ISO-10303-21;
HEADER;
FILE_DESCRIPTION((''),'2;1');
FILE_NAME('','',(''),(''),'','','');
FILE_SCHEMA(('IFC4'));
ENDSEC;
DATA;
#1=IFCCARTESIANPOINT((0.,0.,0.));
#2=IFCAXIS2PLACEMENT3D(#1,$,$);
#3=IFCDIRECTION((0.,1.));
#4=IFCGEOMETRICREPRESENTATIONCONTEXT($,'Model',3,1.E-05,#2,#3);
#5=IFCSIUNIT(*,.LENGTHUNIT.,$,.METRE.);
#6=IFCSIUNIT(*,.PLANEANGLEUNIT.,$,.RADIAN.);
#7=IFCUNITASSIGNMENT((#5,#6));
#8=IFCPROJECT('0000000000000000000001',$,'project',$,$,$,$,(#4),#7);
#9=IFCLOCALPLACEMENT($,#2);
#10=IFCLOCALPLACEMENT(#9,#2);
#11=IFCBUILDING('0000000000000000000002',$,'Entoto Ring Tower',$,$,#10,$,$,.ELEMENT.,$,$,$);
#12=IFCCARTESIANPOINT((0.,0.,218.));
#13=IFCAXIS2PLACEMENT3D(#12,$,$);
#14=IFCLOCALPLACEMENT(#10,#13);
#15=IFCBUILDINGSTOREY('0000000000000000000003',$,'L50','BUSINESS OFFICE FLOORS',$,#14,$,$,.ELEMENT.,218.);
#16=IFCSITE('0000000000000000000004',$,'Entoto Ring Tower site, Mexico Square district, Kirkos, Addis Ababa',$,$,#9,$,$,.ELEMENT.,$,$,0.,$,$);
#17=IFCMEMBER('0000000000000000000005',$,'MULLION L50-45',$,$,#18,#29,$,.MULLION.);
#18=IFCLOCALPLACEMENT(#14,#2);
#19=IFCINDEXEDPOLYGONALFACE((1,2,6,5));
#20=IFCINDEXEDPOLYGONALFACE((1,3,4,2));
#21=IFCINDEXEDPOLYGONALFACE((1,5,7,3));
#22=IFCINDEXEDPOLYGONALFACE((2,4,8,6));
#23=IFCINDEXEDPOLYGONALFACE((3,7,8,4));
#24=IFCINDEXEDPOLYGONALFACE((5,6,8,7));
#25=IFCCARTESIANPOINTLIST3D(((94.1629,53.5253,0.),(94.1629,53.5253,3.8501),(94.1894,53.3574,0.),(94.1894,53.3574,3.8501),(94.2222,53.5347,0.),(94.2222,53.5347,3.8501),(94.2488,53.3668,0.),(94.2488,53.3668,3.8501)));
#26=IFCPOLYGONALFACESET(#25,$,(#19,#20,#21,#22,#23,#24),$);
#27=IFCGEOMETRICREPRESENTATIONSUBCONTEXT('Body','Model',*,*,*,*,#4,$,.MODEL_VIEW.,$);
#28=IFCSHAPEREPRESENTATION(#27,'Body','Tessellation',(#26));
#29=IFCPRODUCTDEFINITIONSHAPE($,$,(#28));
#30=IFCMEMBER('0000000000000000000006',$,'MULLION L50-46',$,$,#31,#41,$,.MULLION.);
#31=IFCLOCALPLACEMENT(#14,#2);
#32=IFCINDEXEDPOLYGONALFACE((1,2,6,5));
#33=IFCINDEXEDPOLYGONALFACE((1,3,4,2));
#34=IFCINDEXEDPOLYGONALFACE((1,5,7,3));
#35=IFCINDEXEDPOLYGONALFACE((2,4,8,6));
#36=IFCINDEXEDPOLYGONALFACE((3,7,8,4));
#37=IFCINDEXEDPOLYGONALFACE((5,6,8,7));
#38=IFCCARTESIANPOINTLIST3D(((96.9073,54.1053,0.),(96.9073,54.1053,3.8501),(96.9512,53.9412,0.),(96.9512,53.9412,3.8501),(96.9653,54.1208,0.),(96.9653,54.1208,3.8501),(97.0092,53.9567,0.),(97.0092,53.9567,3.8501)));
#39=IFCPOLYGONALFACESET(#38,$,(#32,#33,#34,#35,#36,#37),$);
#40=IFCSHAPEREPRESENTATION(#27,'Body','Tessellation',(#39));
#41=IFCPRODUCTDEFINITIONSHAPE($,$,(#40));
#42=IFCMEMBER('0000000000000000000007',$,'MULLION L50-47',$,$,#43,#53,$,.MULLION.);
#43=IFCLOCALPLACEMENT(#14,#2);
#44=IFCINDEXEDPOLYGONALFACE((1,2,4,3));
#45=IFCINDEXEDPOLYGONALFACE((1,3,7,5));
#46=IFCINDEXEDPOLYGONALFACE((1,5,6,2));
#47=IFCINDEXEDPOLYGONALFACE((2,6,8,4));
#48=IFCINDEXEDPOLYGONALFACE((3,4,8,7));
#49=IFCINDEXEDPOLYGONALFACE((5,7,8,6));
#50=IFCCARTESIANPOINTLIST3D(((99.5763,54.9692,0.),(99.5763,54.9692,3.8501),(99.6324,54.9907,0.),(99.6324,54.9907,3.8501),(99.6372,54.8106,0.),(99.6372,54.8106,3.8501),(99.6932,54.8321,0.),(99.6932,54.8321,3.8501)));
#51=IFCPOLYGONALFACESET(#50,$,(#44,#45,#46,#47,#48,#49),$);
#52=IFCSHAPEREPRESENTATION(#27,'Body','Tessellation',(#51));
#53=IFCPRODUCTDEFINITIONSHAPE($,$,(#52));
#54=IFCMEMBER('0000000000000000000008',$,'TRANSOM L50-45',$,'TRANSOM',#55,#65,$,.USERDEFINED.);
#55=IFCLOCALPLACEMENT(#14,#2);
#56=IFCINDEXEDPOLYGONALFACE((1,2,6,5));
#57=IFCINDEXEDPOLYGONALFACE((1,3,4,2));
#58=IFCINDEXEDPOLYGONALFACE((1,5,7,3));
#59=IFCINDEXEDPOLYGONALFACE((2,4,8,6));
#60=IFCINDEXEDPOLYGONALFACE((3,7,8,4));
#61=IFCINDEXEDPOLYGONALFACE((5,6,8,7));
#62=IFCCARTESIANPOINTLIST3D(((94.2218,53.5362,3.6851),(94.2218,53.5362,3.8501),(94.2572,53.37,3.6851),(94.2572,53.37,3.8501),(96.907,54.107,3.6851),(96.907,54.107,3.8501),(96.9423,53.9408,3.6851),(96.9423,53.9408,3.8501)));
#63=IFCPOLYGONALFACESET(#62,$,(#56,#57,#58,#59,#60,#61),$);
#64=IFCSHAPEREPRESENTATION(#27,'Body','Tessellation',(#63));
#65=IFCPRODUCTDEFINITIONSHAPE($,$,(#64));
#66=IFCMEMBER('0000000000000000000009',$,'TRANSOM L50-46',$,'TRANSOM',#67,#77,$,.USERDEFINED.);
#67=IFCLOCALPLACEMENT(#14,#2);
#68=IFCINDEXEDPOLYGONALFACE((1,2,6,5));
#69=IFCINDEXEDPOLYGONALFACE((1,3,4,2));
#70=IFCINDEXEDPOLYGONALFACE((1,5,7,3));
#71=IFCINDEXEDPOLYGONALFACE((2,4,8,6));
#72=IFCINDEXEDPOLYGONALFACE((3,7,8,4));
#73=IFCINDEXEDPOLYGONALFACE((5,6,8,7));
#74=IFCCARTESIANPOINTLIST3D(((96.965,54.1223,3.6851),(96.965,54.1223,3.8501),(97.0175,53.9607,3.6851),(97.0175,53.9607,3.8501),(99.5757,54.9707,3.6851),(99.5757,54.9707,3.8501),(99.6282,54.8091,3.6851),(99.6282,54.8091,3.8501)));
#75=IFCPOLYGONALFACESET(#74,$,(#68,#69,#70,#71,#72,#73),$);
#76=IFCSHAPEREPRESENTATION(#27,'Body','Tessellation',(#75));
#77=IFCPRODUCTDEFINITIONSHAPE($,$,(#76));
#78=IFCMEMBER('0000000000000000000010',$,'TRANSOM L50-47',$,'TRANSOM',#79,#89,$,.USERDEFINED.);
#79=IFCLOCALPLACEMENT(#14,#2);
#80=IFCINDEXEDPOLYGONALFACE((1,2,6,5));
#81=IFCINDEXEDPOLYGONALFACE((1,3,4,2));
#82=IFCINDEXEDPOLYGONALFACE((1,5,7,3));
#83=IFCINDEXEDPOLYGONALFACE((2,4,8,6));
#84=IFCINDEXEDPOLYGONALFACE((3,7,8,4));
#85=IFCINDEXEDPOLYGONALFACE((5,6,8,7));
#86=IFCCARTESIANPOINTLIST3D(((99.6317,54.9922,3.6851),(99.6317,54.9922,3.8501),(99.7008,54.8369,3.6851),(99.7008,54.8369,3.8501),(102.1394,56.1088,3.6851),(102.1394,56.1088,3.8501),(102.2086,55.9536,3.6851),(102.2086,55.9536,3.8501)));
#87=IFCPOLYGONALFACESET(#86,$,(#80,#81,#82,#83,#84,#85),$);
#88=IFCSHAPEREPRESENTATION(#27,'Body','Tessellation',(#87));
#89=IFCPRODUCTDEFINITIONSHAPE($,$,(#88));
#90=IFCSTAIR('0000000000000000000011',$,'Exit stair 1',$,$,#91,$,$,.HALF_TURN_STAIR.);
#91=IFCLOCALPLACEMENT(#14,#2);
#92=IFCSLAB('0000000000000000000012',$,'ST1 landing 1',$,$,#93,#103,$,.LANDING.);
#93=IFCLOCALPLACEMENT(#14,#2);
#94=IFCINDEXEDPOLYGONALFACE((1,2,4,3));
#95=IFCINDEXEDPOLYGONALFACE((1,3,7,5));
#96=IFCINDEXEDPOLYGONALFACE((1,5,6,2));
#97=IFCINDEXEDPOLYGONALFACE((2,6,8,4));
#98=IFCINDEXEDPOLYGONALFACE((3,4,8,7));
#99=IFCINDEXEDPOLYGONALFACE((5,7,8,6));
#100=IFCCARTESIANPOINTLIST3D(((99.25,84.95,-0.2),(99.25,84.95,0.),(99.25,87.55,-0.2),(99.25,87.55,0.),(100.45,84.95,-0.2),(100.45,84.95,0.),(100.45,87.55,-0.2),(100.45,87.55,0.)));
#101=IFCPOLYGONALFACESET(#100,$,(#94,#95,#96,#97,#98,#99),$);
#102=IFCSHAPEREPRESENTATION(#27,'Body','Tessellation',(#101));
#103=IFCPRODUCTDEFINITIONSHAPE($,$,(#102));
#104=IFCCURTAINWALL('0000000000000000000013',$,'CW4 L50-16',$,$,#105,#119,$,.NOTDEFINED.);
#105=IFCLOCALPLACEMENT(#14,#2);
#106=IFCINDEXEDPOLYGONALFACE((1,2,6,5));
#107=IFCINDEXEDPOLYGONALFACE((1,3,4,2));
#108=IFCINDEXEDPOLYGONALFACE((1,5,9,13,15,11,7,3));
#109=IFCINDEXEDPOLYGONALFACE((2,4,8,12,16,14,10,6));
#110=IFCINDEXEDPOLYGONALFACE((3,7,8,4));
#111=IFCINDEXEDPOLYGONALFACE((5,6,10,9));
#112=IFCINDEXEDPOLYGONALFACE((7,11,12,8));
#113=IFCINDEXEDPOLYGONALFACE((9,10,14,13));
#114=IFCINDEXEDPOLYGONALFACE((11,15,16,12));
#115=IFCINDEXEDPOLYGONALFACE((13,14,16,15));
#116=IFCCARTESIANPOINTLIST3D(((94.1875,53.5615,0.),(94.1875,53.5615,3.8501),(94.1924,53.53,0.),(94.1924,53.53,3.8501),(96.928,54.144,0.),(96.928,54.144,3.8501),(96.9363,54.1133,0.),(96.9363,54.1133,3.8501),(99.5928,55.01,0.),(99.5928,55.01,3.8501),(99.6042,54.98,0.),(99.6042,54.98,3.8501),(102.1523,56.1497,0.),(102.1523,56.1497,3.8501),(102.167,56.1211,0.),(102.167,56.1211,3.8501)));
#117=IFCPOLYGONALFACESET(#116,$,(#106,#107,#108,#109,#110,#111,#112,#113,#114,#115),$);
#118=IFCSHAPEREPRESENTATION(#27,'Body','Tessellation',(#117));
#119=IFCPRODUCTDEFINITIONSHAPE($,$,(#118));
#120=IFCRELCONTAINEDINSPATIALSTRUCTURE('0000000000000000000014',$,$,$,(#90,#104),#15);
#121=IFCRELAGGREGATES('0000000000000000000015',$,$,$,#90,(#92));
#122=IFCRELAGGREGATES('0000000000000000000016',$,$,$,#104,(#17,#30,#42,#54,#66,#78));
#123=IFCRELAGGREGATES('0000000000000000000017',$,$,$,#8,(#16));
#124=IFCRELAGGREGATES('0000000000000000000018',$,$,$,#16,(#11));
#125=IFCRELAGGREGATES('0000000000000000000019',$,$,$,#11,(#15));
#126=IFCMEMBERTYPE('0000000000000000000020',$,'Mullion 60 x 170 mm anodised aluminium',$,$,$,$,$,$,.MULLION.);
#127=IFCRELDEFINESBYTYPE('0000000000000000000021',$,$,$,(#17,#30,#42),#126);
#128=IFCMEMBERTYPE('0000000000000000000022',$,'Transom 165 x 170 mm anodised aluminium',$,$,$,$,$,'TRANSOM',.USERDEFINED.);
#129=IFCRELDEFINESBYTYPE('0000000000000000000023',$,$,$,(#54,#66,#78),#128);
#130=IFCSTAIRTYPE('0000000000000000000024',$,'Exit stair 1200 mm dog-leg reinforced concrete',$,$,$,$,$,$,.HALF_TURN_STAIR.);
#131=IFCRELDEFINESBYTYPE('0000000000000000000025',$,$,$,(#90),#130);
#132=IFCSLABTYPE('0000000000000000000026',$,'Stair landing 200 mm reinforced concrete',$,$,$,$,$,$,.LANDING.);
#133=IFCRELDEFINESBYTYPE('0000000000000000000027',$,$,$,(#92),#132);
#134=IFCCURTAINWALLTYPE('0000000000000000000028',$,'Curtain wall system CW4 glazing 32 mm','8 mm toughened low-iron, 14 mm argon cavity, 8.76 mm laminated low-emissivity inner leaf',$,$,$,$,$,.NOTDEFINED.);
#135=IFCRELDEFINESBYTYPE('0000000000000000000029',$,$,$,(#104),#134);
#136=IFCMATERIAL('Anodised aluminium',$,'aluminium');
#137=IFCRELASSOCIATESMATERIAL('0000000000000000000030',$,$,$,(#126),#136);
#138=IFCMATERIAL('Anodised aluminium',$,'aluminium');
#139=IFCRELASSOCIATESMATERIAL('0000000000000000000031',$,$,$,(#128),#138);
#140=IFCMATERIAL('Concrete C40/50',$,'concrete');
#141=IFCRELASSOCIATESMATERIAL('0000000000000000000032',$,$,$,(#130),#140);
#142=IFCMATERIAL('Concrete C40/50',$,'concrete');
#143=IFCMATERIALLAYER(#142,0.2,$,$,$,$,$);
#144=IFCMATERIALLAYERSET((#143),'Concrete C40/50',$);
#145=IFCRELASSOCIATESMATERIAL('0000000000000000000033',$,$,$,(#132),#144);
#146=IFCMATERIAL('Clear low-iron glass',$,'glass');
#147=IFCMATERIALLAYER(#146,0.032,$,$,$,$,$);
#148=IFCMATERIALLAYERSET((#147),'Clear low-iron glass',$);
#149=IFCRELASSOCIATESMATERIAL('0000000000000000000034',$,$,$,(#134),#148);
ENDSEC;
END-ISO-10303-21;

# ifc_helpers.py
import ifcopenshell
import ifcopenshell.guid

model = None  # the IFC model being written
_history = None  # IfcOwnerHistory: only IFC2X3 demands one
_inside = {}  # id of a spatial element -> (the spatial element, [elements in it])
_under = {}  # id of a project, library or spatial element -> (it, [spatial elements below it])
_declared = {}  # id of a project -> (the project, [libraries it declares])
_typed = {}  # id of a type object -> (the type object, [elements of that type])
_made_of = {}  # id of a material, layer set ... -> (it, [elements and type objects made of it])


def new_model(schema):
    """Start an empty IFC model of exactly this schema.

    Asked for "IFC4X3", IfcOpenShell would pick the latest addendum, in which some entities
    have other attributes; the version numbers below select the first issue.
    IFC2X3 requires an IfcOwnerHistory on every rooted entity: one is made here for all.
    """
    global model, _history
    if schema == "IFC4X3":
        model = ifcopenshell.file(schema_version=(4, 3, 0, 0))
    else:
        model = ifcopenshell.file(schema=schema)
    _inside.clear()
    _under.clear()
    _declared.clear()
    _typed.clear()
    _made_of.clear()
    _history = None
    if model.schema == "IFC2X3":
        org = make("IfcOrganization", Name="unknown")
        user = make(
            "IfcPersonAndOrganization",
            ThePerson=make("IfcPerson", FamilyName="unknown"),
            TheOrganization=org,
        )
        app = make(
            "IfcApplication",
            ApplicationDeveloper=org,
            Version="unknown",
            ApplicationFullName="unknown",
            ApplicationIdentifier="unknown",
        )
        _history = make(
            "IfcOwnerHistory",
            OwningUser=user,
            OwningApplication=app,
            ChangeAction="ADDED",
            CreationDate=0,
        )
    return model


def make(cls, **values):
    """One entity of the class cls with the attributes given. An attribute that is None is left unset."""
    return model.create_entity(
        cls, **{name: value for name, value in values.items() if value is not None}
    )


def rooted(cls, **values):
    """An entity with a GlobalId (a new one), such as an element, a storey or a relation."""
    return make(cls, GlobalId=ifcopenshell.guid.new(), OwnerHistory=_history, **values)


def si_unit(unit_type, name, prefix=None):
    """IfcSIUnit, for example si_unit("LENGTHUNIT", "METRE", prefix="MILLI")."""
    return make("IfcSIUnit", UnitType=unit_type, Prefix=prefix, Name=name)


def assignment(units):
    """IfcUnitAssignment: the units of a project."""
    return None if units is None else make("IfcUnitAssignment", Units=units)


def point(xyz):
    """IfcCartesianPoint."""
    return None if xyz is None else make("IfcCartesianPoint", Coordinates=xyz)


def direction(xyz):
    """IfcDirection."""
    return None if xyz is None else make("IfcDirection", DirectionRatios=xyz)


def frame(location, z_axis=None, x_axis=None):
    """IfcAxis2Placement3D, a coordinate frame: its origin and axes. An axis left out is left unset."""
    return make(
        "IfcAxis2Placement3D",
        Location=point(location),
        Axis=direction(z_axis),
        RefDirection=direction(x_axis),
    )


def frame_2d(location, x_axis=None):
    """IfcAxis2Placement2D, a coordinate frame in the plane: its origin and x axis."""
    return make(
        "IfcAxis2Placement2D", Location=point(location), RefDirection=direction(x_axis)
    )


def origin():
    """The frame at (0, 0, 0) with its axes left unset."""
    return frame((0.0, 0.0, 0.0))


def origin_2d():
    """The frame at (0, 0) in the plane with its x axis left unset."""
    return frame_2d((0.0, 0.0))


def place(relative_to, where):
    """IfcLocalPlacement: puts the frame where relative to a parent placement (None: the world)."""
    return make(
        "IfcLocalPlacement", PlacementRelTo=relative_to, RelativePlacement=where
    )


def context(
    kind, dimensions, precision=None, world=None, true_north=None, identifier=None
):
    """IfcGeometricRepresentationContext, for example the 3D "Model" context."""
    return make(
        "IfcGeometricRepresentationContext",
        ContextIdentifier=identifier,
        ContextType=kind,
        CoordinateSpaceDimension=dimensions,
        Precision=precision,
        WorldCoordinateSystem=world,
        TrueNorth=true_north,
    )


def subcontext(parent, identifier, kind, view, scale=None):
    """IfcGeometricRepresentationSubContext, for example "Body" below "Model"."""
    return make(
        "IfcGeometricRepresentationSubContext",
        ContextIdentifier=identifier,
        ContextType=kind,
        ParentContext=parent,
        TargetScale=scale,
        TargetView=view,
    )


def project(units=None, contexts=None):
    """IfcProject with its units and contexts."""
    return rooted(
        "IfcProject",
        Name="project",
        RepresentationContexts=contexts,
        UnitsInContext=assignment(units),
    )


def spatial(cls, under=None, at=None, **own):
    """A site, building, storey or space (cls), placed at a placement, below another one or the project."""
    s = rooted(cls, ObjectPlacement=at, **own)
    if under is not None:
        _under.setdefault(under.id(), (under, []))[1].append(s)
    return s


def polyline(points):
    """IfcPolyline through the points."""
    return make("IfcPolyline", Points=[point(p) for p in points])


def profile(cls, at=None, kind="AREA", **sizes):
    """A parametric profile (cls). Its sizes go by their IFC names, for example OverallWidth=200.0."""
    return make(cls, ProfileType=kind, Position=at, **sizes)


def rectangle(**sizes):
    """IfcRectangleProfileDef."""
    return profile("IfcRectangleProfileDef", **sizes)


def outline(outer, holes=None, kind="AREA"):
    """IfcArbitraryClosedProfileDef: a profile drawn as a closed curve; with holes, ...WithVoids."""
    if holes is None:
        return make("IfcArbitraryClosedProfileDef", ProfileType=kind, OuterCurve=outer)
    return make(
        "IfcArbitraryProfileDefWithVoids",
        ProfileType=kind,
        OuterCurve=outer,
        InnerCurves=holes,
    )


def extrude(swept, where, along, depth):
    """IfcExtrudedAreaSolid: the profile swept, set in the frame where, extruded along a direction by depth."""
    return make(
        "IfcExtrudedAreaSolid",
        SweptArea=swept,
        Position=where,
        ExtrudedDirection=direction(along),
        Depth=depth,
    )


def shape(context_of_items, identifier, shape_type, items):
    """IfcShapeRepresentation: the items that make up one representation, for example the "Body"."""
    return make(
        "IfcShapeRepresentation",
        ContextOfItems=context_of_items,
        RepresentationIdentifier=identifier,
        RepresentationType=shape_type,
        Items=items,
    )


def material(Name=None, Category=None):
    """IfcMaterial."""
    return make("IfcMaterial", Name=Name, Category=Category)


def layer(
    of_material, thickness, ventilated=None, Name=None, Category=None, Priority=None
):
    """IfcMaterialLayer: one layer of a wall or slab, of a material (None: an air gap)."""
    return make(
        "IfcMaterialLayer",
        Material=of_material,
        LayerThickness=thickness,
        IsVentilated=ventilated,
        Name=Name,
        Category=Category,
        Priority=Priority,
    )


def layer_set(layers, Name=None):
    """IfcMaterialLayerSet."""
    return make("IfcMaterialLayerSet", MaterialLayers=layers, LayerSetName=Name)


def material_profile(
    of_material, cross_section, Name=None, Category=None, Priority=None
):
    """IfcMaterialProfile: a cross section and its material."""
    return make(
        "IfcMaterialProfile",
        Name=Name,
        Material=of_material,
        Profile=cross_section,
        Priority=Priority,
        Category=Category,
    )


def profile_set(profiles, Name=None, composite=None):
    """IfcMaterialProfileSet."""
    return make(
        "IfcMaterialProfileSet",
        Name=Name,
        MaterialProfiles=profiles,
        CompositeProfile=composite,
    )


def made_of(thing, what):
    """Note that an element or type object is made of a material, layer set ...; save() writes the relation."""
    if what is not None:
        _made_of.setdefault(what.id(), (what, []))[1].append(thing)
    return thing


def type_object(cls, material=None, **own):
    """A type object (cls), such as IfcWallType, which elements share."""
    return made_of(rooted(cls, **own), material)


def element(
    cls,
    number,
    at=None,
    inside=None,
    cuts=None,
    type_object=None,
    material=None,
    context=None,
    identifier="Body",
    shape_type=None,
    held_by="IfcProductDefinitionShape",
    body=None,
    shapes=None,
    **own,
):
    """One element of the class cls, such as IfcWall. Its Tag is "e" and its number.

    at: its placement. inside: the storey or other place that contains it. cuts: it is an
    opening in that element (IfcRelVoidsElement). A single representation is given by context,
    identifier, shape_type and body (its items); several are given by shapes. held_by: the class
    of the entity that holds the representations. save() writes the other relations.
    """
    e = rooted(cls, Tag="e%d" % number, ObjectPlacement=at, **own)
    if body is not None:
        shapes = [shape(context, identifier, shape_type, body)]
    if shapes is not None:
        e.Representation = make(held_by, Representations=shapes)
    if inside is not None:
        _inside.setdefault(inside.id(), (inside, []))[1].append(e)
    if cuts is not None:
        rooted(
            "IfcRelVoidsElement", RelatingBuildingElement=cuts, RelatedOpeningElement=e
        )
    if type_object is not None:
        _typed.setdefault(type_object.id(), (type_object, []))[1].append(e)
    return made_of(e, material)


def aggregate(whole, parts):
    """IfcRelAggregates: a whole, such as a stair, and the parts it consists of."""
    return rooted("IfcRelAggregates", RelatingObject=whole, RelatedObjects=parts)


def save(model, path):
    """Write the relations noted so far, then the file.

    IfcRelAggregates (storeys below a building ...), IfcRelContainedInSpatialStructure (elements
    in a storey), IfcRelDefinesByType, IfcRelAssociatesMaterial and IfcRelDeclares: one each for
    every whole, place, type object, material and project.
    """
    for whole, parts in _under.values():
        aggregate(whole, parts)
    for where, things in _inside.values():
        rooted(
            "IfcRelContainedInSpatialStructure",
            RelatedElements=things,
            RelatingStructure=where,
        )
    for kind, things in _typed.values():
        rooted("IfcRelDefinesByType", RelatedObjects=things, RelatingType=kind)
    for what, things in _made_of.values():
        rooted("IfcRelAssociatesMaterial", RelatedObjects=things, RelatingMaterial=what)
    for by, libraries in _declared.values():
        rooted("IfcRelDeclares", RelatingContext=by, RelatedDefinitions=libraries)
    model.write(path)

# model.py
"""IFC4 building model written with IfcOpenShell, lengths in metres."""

from ifc_helpers import new_model, si_unit, direction, frame, origin, origin_2d, place, context, subcontext, project, spatial, polyline, rectangle, outline, extrude, material, layer, layer_set, material_profile, profile_set, type_object, element, aggregate, save


model = new_model("IFC4")

# Units and contexts
model_context = context("Model", 3, precision=1e-05, world=origin(), true_north=direction((0.0, 1.0)))
body_context = subcontext(model_context, "Body", "Model", "MODEL_VIEW")
ifc_project = project(units=[si_unit("LENGTHUNIT", "METRE"), si_unit("PLANEANGLEUNIT", "RADIAN")], contexts=[model_context])

# Members
ifc_material_1 = material(Name="Anodised aluminium", Category="aluminium")
ifc_material_profile_1 = material_profile(ifc_material_1, rectangle(XDim=0.0601, YDim=0.1699, at=origin_2d()), Name="Mullion 60 x 170 mm anodised aluminium")
ifc_profile_set_1 = profile_set([ifc_material_profile_1], Name="Anodised aluminium")
member_type_1 = type_object("IfcMemberType", Name="Mullion 60 x 170 mm anodised aluminium", PredefinedType="MULLION", material=ifc_profile_set_1)
site_placement = place(None, origin())
building_placement = place(site_placement, origin())
storey_placement = place(building_placement, frame((0.0, 0.0, 218.0)))
member_1_placement = place(storey_placement, frame((94.2058, 53.446, 0.0), z_axis=(0.0, 0.0, 1.0), x_axis=(0.987688, 0.156434, 0.0)))
member_1 = element("IfcMember", 1, at=member_1_placement, type_object=member_type_1, Name="MULLION L50-45", PredefinedType="MULLION", context=body_context, shape_type="SweptSolid", body=[
    extrude(rectangle(XDim=0.0601, YDim=0.1699, at=origin_2d()), origin(), (0.0, 0.0, 1.0), 3.8501),
])
member_2_placement = place(storey_placement, frame((96.9583, 54.031, 0.0), z_axis=(0.0, 0.0, 1.0), x_axis=(0.965926, 0.258819, 0.0)))
member_2 = element("IfcMember", 2, at=member_2_placement, type_object=member_type_1, Name="MULLION L50-46", PredefinedType="MULLION", context=body_context, shape_type="SweptSolid", body=[
    extrude(rectangle(XDim=0.0601, YDim=0.1699, at=origin_2d()), origin(), (0.0, 0.0, 1.0), 3.8501),
])
member_3_placement = place(storey_placement, frame((99.6348, 54.9006, 0.0), z_axis=(0.0, 0.0, 1.0), x_axis=(0.93358, 0.358368, 0.0)))
member_3 = element("IfcMember", 3, at=member_3_placement, type_object=member_type_1, Name="MULLION L50-47", PredefinedType="MULLION", context=body_context, shape_type="SweptSolid", body=[
    extrude(rectangle(XDim=0.0601, YDim=0.1699, at=origin_2d()), origin(), (0.0, 0.0, 1.0), 3.8501),
])
ifc_material_2 = material(Name="Anodised aluminium", Category="aluminium")
ifc_material_profile_2 = material_profile(ifc_material_2, rectangle(XDim=0.1699, YDim=0.165, at=origin_2d()), Name="Transom 165 x 170 mm anodised aluminium")
ifc_profile_set_2 = profile_set([ifc_material_profile_2], Name="Anodised aluminium")
member_type_2 = type_object("IfcMemberType", Name="Transom 165 x 170 mm anodised aluminium", ElementType="TRANSOM", PredefinedType="USERDEFINED", material=ifc_profile_set_2)
member_4_placement = place(storey_placement, frame((94.2395, 53.4531, 3.7676), z_axis=(0.978142, 0.207937, 0.0), x_axis=(-0.207937, 0.978142, 0.0)))
member_4 = element("IfcMember", 4, at=member_4_placement, type_object=member_type_2, Name="TRANSOM L50-45", ObjectType="TRANSOM", PredefinedType="USERDEFINED", context=body_context, shape_type="SweptSolid", body=[
    extrude(rectangle(XDim=0.1699, YDim=0.165, at=origin_2d()), origin(), (0.0, 0.0, 1.0), 2.7451),
])
member_5_placement = place(storey_placement, frame((96.9912, 54.0415, 3.7676), z_axis=(0.951048, 0.309042, 0.0), x_axis=(-0.309042, 0.951048, 0.0)))
member_5 = element("IfcMember", 5, at=member_5_placement, type_object=member_type_2, Name="TRANSOM L50-46", ObjectType="TRANSOM", PredefinedType="USERDEFINED", context=body_context, shape_type="SweptSolid", body=[
    extrude(rectangle(XDim=0.1699, YDim=0.165, at=origin_2d()), origin(), (0.0, 0.0, 1.0), 2.7451),
])
member_6_placement = place(storey_placement, frame((99.6663, 54.9146, 3.7676), z_axis=(0.913525, 0.406782, 0.0), x_axis=(-0.406782, 0.913525, 0.0)))
member_6 = element("IfcMember", 6, at=member_6_placement, type_object=member_type_2, Name="TRANSOM L50-47", ObjectType="TRANSOM", PredefinedType="USERDEFINED", context=body_context, shape_type="SweptSolid", body=[
    extrude(rectangle(XDim=0.1699, YDim=0.165, at=origin_2d()), origin(), (0.0, 0.0, 1.0), 2.7451),
])

# Site, building, storey
site = spatial("IfcSite", under=ifc_project, at=site_placement, Name="Entoto Ring Tower site, Mexico Square district, Kirkos, Addis Ababa", CompositionType="ELEMENT", RefElevation=0.0)
building = spatial("IfcBuilding", under=site, at=building_placement, Name="Entoto Ring Tower", CompositionType="ELEMENT")
storey = spatial("IfcBuildingStorey", under=building, at=storey_placement, Name="L50", Description="BUSINESS OFFICE FLOORS", CompositionType="ELEMENT", Elevation=218.0)

# Stair, slab
ifc_material_3 = material(Name="Concrete C40/50", Category="concrete")
stair_type = type_object("IfcStairType", Name="Exit stair 1200 mm dog-leg reinforced concrete", PredefinedType="HALF_TURN_STAIR", material=ifc_material_3)
stair_placement = place(storey_placement, origin())
stair = element("IfcStair", 7, at=stair_placement, inside=storey, type_object=stair_type, Name="Exit stair 1", PredefinedType="HALF_TURN_STAIR")
ifc_material_4 = material(Name="Concrete C40/50", Category="concrete")
ifc_layer_1 = layer(ifc_material_4, 0.2)
ifc_layer_set_1 = layer_set([ifc_layer_1], Name="Concrete C40/50")
slab_type = type_object("IfcSlabType", Name="Stair landing 200 mm reinforced concrete", PredefinedType="LANDING", material=ifc_layer_set_1)
slab_placement = place(storey_placement, frame((0.0, 0.0, -0.2)))
slab = element("IfcSlab", 8, at=slab_placement, type_object=slab_type, Name="ST1 landing 1", PredefinedType="LANDING", context=body_context, shape_type="SweptSolid", body=[
    extrude(outline(polyline([(100.45, 84.95), (100.45, 87.55), (99.25, 87.55), (99.25, 84.95), (100.45, 84.95)])), origin(), (0.0, 0.0, 1.0), 0.2),
])
aggregate(stair, [slab])

# Curtain wall
ifc_material_5 = material(Name="Clear low-iron glass", Category="glass")
ifc_layer_2 = layer(ifc_material_5, 0.032)
ifc_layer_set_2 = layer_set([ifc_layer_2], Name="Clear low-iron glass")
curtain_wall_type = type_object("IfcCurtainWallType", Name="Curtain wall system CW4 glazing 32 mm", Description="8 mm toughened low-iron, 14 mm argon cavity, 8.76 mm laminated low-emissivity inner leaf", PredefinedType="NOTDEFINED", material=ifc_layer_set_2)
curtain_wall_1_placement = place(storey_placement, origin())
curtain_wall_1 = element("IfcCurtainWall", 9, at=curtain_wall_1_placement, inside=storey, type_object=curtain_wall_type, Name="CW4 L50-16", PredefinedType="NOTDEFINED", context=body_context, shape_type="SweptSolid", body=[
    extrude(outline(polyline([(94.1924, 53.53), (96.9363, 54.1133), (99.6042, 54.98), (102.167, 56.1211), (102.1523, 56.1497), (99.5928, 55.01), (96.928, 54.144), (94.1875, 53.5615), (94.1924, 53.53)])), origin(), (0.0, 0.0, 1.0), 3.8501),
])
aggregate(curtain_wall_1, [member_1, member_2, member_3, member_4, member_5, member_6])

save(model, "model.ifc")
